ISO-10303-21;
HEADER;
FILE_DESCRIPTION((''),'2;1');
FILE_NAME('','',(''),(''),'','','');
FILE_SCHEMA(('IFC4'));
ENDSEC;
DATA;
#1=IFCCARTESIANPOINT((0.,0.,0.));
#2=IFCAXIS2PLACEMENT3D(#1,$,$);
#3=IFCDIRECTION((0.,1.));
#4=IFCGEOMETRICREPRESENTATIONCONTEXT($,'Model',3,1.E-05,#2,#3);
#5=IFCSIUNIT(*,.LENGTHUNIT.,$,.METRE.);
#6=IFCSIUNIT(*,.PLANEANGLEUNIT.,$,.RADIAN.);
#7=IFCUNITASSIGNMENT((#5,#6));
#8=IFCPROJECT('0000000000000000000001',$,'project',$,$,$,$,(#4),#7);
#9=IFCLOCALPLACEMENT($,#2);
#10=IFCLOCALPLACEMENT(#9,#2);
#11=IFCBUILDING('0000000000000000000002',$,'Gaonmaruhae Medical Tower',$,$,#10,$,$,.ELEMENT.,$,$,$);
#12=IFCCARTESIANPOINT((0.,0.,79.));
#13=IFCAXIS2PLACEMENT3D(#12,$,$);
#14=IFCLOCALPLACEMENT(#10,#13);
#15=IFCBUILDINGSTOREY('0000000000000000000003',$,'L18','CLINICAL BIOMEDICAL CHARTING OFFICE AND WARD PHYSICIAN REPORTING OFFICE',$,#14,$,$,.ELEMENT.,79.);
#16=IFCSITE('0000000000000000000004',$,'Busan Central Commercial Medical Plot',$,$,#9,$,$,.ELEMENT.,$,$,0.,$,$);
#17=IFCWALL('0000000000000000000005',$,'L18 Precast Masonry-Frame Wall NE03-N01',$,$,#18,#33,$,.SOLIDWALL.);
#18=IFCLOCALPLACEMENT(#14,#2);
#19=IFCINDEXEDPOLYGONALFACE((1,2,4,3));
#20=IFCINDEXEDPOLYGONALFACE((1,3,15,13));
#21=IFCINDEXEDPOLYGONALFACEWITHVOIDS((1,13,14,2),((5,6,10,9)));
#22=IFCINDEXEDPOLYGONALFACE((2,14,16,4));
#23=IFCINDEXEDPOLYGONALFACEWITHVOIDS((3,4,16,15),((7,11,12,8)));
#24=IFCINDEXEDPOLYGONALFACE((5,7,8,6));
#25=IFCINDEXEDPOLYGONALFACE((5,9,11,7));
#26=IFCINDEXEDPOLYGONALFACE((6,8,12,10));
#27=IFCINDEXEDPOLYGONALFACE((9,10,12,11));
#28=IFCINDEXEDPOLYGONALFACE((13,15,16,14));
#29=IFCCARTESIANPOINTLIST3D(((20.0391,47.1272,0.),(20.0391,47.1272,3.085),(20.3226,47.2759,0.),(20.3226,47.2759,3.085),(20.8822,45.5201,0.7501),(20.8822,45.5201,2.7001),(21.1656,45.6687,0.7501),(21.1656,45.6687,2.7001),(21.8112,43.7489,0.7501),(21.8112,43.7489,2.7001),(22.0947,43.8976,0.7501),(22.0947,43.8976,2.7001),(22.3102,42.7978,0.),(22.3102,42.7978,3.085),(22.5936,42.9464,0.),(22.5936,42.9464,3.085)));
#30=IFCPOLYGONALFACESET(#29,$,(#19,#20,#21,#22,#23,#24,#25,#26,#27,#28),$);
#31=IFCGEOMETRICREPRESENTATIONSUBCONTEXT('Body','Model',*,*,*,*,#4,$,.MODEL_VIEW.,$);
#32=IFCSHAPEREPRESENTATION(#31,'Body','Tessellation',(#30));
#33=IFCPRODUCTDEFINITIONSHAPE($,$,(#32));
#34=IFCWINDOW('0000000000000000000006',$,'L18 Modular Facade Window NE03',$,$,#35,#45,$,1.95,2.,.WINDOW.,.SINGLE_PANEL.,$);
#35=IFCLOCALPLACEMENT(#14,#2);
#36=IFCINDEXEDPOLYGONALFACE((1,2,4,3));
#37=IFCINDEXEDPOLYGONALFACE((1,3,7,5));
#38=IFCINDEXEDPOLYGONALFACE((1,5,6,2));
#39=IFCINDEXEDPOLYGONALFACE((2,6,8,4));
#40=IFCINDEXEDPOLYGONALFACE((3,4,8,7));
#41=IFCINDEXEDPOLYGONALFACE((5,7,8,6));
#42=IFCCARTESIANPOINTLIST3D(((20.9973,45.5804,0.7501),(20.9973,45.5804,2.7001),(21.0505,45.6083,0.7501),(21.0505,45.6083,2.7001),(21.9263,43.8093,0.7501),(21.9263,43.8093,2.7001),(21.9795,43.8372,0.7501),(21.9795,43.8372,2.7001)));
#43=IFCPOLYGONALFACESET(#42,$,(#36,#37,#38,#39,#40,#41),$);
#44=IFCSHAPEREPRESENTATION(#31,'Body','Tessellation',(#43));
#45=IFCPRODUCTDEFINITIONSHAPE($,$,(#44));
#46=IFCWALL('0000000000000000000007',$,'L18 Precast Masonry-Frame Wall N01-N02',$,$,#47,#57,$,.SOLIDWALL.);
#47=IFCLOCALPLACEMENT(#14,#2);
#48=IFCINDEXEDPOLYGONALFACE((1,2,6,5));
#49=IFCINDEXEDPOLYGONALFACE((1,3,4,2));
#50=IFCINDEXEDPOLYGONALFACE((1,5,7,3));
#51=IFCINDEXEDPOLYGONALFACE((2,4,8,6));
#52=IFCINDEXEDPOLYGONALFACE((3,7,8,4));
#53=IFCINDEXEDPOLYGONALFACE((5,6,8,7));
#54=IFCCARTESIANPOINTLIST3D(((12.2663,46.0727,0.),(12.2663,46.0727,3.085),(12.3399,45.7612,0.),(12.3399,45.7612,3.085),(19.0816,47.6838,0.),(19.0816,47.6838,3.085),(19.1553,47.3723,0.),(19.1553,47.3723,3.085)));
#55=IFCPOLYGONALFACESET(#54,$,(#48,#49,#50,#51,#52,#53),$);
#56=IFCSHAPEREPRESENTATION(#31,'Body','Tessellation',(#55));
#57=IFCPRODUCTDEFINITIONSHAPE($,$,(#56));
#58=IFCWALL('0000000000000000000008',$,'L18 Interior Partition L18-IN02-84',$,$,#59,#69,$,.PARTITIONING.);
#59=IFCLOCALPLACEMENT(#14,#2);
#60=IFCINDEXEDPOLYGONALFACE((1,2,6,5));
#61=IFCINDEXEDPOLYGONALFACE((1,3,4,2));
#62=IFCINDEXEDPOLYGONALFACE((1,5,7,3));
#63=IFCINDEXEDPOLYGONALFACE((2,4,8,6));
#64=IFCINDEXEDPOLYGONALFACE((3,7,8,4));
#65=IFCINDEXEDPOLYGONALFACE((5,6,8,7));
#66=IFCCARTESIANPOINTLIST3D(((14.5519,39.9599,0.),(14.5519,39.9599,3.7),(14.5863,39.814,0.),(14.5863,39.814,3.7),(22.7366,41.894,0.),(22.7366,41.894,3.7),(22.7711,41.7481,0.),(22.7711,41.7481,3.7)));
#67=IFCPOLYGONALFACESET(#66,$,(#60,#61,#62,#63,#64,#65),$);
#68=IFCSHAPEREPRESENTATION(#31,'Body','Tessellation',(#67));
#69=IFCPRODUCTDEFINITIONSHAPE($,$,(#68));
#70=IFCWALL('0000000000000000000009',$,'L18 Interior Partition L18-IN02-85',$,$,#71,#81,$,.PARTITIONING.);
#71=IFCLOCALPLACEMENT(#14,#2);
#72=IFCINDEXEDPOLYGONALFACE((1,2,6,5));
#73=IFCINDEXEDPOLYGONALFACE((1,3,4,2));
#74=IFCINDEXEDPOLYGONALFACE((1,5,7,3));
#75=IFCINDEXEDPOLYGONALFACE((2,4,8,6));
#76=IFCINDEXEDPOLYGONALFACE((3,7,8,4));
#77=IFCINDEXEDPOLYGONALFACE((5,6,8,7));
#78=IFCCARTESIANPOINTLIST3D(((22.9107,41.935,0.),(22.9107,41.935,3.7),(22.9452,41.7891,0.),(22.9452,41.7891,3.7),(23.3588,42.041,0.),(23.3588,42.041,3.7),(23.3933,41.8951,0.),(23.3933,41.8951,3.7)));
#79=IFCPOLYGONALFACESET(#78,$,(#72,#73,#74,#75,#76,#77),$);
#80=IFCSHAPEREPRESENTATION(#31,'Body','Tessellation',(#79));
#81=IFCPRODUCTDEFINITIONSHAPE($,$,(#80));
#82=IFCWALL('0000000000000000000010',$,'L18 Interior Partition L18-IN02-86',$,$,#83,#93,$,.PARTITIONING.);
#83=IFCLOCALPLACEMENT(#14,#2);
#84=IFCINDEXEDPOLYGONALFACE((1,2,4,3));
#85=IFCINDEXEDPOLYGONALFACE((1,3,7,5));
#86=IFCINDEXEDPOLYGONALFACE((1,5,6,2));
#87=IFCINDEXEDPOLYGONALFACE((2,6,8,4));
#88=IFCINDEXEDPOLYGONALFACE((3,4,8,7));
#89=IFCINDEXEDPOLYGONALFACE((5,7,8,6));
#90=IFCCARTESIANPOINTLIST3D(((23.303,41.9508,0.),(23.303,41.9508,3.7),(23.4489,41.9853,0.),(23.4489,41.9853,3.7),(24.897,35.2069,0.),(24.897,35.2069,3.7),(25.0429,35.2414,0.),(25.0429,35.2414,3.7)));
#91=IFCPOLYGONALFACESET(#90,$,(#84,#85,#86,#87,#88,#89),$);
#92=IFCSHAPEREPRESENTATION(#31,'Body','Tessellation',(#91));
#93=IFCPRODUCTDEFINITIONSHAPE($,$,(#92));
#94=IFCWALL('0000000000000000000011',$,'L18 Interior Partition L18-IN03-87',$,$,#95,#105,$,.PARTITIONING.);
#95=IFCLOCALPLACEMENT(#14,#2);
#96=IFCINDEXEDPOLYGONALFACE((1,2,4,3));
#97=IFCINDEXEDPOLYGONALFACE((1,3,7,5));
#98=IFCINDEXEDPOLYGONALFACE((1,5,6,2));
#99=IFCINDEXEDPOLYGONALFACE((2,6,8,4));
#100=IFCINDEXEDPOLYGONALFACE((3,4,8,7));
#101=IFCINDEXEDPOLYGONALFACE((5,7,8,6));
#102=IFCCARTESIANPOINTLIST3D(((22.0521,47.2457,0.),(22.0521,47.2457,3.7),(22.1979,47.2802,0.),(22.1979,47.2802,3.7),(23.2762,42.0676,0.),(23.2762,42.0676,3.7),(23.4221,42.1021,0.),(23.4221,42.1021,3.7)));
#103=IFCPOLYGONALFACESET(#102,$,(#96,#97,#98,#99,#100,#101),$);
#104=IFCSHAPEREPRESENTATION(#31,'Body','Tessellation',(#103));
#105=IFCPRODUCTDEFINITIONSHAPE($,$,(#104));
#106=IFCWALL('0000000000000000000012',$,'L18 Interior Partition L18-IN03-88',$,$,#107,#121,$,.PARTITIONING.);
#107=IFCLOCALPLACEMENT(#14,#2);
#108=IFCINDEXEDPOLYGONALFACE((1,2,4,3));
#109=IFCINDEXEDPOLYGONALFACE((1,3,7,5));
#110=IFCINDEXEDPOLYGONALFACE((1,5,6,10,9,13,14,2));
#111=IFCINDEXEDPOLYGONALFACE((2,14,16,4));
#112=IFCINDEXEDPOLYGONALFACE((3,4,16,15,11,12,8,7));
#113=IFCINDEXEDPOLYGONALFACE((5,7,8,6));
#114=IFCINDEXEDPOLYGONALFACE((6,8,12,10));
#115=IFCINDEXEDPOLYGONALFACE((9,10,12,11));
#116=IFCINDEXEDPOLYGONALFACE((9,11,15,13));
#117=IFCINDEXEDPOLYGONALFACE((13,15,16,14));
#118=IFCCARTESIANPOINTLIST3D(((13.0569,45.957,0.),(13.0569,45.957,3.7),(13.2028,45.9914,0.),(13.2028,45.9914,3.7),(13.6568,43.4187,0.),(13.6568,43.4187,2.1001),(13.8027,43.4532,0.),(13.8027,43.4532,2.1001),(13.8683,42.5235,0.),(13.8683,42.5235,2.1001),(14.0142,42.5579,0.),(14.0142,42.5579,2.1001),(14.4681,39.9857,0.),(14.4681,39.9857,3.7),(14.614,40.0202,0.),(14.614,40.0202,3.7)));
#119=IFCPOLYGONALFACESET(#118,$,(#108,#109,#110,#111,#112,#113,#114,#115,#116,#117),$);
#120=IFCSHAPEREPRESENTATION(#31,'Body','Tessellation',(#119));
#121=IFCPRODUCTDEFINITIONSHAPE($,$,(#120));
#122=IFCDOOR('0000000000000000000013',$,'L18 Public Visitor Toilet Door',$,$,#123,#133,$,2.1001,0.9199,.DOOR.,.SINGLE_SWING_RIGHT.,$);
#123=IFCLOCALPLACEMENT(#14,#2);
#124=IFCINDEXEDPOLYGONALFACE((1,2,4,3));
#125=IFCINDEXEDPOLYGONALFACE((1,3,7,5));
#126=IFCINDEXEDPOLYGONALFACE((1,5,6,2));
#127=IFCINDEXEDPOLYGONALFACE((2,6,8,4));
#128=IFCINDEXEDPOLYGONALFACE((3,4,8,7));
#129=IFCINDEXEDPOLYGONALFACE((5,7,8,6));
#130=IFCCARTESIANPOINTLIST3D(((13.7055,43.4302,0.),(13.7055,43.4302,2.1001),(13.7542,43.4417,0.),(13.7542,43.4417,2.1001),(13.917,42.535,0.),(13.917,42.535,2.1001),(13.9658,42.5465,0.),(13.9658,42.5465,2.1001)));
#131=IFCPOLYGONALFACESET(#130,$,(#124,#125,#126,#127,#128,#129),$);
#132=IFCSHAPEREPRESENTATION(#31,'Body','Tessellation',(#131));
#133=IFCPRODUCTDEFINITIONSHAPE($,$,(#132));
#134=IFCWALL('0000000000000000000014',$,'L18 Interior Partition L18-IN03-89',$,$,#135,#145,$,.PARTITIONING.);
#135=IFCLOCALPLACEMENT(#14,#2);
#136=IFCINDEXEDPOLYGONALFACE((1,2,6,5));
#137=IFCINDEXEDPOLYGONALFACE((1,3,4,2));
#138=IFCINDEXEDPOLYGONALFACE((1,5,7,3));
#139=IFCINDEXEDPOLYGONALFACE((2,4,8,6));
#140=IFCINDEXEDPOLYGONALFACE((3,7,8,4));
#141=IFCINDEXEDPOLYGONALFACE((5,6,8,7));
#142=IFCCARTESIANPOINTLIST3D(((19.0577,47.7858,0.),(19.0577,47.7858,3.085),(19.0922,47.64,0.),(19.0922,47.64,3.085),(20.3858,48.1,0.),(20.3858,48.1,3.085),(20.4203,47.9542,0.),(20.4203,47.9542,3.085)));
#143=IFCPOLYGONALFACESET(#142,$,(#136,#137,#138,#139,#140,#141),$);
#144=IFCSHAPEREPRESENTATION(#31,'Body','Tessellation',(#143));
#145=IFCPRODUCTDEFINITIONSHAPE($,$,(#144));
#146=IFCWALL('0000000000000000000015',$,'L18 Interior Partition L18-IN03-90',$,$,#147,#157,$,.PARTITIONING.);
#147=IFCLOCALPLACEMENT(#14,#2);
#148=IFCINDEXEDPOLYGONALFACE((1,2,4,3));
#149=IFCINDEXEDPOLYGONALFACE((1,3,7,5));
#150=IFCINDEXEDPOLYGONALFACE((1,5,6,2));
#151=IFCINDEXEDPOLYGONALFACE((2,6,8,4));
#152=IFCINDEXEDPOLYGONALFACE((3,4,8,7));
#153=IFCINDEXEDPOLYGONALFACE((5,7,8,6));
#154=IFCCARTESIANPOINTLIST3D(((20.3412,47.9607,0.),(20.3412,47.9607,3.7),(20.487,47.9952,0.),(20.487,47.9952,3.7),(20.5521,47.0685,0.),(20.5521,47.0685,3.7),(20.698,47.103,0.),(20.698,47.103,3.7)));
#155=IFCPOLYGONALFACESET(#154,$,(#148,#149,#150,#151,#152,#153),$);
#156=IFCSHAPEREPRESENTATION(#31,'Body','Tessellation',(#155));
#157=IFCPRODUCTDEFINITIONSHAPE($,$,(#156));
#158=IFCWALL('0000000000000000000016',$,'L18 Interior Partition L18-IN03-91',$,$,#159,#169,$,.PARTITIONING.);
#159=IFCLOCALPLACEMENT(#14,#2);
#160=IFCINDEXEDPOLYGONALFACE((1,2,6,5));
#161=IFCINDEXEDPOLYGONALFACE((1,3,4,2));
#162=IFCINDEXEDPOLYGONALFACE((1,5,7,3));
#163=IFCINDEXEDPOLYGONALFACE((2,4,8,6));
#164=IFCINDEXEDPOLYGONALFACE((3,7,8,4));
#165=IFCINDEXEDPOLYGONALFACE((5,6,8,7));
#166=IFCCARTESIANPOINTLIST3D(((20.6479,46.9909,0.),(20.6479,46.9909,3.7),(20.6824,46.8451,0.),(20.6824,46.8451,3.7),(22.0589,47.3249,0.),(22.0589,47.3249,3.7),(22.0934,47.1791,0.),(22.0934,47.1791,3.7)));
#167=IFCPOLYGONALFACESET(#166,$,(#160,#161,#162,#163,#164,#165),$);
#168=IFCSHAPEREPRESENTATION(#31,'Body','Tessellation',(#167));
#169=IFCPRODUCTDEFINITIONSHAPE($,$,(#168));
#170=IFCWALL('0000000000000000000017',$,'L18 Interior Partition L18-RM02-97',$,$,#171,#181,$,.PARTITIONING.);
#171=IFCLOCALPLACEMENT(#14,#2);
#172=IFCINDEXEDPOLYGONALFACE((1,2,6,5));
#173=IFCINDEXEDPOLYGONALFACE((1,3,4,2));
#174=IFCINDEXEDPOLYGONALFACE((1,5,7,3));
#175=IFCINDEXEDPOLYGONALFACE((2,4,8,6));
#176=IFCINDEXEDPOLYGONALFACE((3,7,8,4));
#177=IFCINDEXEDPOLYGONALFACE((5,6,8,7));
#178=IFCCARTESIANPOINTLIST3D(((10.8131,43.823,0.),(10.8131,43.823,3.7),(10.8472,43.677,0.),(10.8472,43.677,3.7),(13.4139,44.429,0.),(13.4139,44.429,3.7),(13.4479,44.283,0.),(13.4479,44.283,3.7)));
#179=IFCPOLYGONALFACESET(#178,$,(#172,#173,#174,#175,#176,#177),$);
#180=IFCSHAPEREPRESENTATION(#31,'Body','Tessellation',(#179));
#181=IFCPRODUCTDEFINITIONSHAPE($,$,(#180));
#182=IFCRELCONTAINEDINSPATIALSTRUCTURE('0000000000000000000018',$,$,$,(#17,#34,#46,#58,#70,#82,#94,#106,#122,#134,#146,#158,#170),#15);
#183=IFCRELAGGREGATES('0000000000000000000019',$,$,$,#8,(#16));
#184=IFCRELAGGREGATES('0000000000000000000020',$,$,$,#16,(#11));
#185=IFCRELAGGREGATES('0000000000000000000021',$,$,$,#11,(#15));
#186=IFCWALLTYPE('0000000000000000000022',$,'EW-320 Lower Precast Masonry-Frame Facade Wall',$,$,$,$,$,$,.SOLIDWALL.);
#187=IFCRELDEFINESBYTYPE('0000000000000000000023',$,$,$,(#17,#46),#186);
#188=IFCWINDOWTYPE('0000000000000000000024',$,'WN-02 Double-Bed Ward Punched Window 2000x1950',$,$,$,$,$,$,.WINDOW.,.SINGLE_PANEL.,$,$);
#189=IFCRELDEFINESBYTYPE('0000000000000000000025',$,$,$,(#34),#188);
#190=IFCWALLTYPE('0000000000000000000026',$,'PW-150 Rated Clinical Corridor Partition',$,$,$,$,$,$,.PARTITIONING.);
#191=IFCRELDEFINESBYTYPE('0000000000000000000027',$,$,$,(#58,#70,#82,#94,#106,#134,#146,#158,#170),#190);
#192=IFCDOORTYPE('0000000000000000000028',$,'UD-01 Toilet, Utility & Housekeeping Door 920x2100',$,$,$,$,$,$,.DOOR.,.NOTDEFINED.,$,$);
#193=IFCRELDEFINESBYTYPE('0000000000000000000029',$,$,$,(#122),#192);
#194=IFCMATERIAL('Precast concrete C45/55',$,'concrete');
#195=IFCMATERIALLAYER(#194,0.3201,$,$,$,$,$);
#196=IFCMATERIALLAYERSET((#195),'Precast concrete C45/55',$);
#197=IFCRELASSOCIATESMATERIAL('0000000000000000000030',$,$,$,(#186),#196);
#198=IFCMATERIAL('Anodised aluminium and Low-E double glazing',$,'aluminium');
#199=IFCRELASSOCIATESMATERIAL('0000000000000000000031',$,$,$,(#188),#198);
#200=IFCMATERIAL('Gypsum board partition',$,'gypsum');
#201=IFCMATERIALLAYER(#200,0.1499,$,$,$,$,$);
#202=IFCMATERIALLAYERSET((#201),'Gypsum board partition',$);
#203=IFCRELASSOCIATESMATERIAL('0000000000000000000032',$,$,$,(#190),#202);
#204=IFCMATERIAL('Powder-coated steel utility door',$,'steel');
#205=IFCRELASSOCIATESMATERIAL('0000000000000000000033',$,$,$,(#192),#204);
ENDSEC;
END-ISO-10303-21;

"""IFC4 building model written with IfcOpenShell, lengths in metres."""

from ifc_helpers import new_model, si_unit, direction, frame, frame_2d, origin, place, context, subcontext, project, spatial, rectangle, extrude, material, layer, layer_set, type_object, element, fill, save


model = new_model("IFC4")

# Units and contexts
model_context = context("Model", 3, precision=1e-05, world=origin(), true_north=direction((0.0, 1.0)))
body_context = subcontext(model_context, "Body", "Model", "MODEL_VIEW")
ifc_project = project(units=[si_unit("LENGTHUNIT", "METRE"), si_unit("PLANEANGLEUNIT", "RADIAN")], contexts=[model_context])

# Site, building, storey
site_placement = place(None, origin())
site = spatial("IfcSite", under=ifc_project, at=site_placement, Name="Busan Central Commercial Medical Plot", CompositionType="ELEMENT", RefElevation=0.0)
building_placement = place(site_placement, origin())
building = spatial("IfcBuilding", under=site, at=building_placement, Name="Gaonmaruhae Medical Tower", CompositionType="ELEMENT")
storey_placement = place(building_placement, frame((0.0, 0.0, 79.0)))
storey = spatial("IfcBuildingStorey", under=building, at=storey_placement, Name="L18", Description="CLINICAL BIOMEDICAL CHARTING OFFICE AND WARD PHYSICIAN REPORTING OFFICE", CompositionType="ELEMENT", Elevation=79.0)

# Wall, opening, window
ifc_material_1 = material(Name="Precast concrete C45/55", Category="concrete")
ifc_layer_1 = layer(ifc_material_1, 0.3201)
ifc_layer_set_1 = layer_set([ifc_layer_1], Name="Precast concrete C45/55")
wall_type_1 = type_object("IfcWallType", Name="EW-320 Lower Precast Masonry-Frame Facade Wall", PredefinedType="SOLIDWALL", material=ifc_layer_set_1)
wall_1_placement = place(storey_placement, frame((20.1809, 47.2014, 0.0), z_axis=(0.0, 0.0, 1.0), x_axis=(0.464528, -0.885559, 0.0)))
wall_1 = element("IfcWall", 1, at=wall_1_placement, inside=storey, type_object=wall_type_1, Name="L18 Precast Masonry-Frame Wall NE03-N01", PredefinedType="SOLIDWALL", context=body_context, shape_type="SweptSolid", body=[
    extrude(rectangle(XDim=4.8889, YDim=0.3201, at=frame_2d((2.4443, 0.0))), origin(), (0.0, 0.0, 1.0), 3.085),
])
opening_1_placement = place(wall_1_placement, frame((1.8147, 0.0, 0.75)))
opening_1 = element("IfcOpeningElement", 2, at=opening_1_placement, cuts=wall_1, PredefinedType="OPENING", context=body_context, shape_type="SweptSolid", body=[
    extrude(rectangle(XDim=2.0, YDim=1.95, at=frame_2d((1.0, 0.9751))), frame((0.0, 0.1699, 0.0), z_axis=(0.0, -1.0, 0.0), x_axis=(1.0, 0.0, 0.0)), (0.0, 0.0, 1.0), 0.3401),
])
ifc_material_2 = material(Name="Anodised aluminium and Low-E double glazing", Category="aluminium")
window_type = type_object("IfcWindowType", Name="WN-02 Double-Bed Ward Punched Window 2000x1950", PartitioningType="SINGLE_PANEL", PredefinedType="WINDOW", material=ifc_material_2)
window_placement = place(opening_1_placement, origin())
window = element("IfcWindow", 3, at=window_placement, inside=storey, type_object=window_type, Name="L18 Modular Facade Window NE03", OverallHeight=1.95, OverallWidth=2.0, PartitioningType="SINGLE_PANEL", PredefinedType="WINDOW", context=body_context, shape_type="SweptSolid", body=[
    extrude(rectangle(XDim=2.0, YDim=1.95, at=frame_2d((1.0, 0.9751))), frame((0.0, 0.03, 0.0), z_axis=(0.0, -1.0, 0.0), x_axis=(1.0, 0.0, 0.0)), (0.0, 0.0, 1.0), 0.0601),
])
fill(opening_1, window)

# Walls
wall_2_placement = place(storey_placement, frame((12.3032, 45.917, 0.0), z_axis=(0.0, 0.0, 1.0), x_axis=(0.973179, 0.230048, 0.0)))
element("IfcWall", 4, at=wall_2_placement, inside=storey, type_object=wall_type_1, Name="L18 Precast Masonry-Frame Wall N01-N02", PredefinedType="SOLIDWALL", context=body_context, shape_type="SweptSolid", body=[
    extrude(rectangle(XDim=7.0032, YDim=0.3201, at=frame_2d((3.5015, 0.0))), origin(), (0.0, 0.0, 1.0), 3.085),
])
ifc_material_3 = material(Name="Gypsum board partition", Category="gypsum")
ifc_layer_2 = layer(ifc_material_3, 0.1499)
ifc_layer_set_2 = layer_set([ifc_layer_2], Name="Gypsum board partition")
wall_type_2 = type_object("IfcWallType", Name="PW-150 Rated Clinical Corridor Partition", PredefinedType="PARTITIONING", material=ifc_layer_set_2)
wall_3_placement = place(storey_placement, frame((14.5691, 39.887, 0.0), z_axis=(0.0, 0.0, 1.0), x_axis=(0.973198, 0.229968, 0.0)))
element("IfcWall", 5, at=wall_3_placement, inside=storey, type_object=wall_type_2, Name="L18 Interior Partition L18-IN02-84", PredefinedType="PARTITIONING", context=body_context, shape_type="SweptSolid", body=[
    extrude(rectangle(XDim=8.4102, YDim=0.1499, at=frame_2d((4.2051, 0.0))), origin(), (0.0, 0.0, 1.0), 3.7),
])
wall_4_placement = place(storey_placement, frame((22.928, 41.8621, 0.0), z_axis=(0.0, 0.0, 1.0), x_axis=(0.973152, 0.230162, 0.0)))
element("IfcWall", 6, at=wall_4_placement, inside=storey, type_object=wall_type_2, Name="L18 Interior Partition L18-IN02-85", PredefinedType="PARTITIONING", context=body_context, shape_type="SweptSolid", body=[
    extrude(rectangle(XDim=0.4604, YDim=0.1499, at=frame_2d((0.2302, 0.0))), origin(), (0.0, 0.0, 1.0), 3.7),
])
wall_5_placement = place(storey_placement, frame((23.376, 41.968, 0.0), z_axis=(0.0, 0.0, 1.0), x_axis=(0.230023, -0.973185, 0.0)))
element("IfcWall", 7, at=wall_5_placement, inside=storey, type_object=wall_type_2, Name="L18 Interior Partition L18-IN02-86", PredefinedType="PARTITIONING", context=body_context, shape_type="SweptSolid", body=[
    extrude(rectangle(XDim=6.9297, YDim=0.1499, at=frame_2d((3.4648, 0.0))), origin(), (0.0, 0.0, 1.0), 3.7),
])
wall_6_placement = place(storey_placement, frame((22.125, 47.2629, 0.0), z_axis=(0.0, 0.0, 1.0), x_axis=(0.230067, -0.973175, 0.0)))
element("IfcWall", 8, at=wall_6_placement, inside=storey, type_object=wall_type_2, Name="L18 Interior Partition L18-IN03-87", PredefinedType="PARTITIONING", context=body_context, shape_type="SweptSolid", body=[
    extrude(rectangle(XDim=5.3208, YDim=0.1499, at=frame_2d((2.6604, 0.0))), origin(), (0.0, 0.0, 1.0), 3.7),
])

# Wall, opening, door
wall_7_placement = place(storey_placement, frame((14.541, 40.0029, 0.0), z_axis=(0.0, 0.0, 1.0), x_axis=(-0.229988, 0.973193, 0.0)))
wall_7 = element("IfcWall", 9, at=wall_7_placement, inside=storey, type_object=wall_type_2, Name="L18 Interior Partition L18-IN03-88", PredefinedType="PARTITIONING", context=body_context, shape_type="SweptSolid", body=[
    extrude(rectangle(XDim=6.1357, YDim=0.1499, at=frame_2d((3.0679, 0.0))), origin(), (0.0, 0.0, 1.0), 3.7),
])
opening_2_placement = place(wall_7_placement, frame((2.6077, 0.0, 0.0)))
opening_2 = element("IfcOpeningElement", 10, at=opening_2_placement, cuts=wall_7, PredefinedType="OPENING", context=body_context, shape_type="SweptSolid", body=[
    extrude(rectangle(XDim=0.9199, YDim=2.1001, at=frame_2d((0.46, 1.05))), frame((0.0, 0.085, 0.0), z_axis=(0.0, -1.0, 0.0), x_axis=(1.0, 0.0, 0.0)), (0.0, 0.0, 1.0), 0.1699),
])
ifc_material_4 = material(Name="Powder-coated steel utility door", Category="steel")
door_type = type_object("IfcDoorType", Name="UD-01 Toilet, Utility & Housekeeping Door 920x2100", OperationType="NOTDEFINED", PredefinedType="DOOR", material=ifc_material_4)
door_placement = place(opening_2_placement, origin())
door = element("IfcDoor", 11, at=door_placement, inside=storey, type_object=door_type, Name="L18 Public Visitor Toilet Door", OperationType="SINGLE_SWING_RIGHT", OverallHeight=2.1001, OverallWidth=0.9199, PredefinedType="DOOR", context=body_context, shape_type="SweptSolid", body=[
    extrude(rectangle(XDim=0.9199, YDim=2.1001, at=frame_2d((0.46, 1.05))), frame((0.0, 0.0249, 0.0), z_axis=(0.0, -1.0, 0.0), x_axis=(1.0, 0.0, 0.0)), (0.0, 0.0, 1.0), 0.05),
])
fill(opening_2, door)

# Walls
wall_8_placement = place(storey_placement, frame((19.075, 47.7129, 0.0), z_axis=(0.0, 0.0, 1.0), x_axis=(0.973137, 0.230226, 0.0)))
element("IfcWall", 12, at=wall_8_placement, inside=storey, type_object=wall_type_2, Name="L18 Interior Partition L18-IN03-89", PredefinedType="PARTITIONING", context=body_context, shape_type="SweptSolid", body=[
    extrude(rectangle(XDim=1.3647, YDim=0.1499, at=frame_2d((0.6824, 0.0))), origin(), (0.0, 0.0, 1.0), 3.085),
])
wall_9_placement = place(storey_placement, frame((20.4141, 47.978, 0.0), z_axis=(0.0, 0.0, 1.0), x_axis=(0.230108, -0.973165, 0.0)))
element("IfcWall", 13, at=wall_9_placement, inside=storey, type_object=wall_type_2, Name="L18 Interior Partition L18-IN03-90", PredefinedType="PARTITIONING", context=body_context, shape_type="SweptSolid", body=[
    extrude(rectangle(XDim=0.9167, YDim=0.1499, at=frame_2d((0.4585, 0.0))), origin(), (0.0, 0.0, 1.0), 3.7),
])
wall_10_placement = place(storey_placement, frame((20.665, 46.918, 0.0), z_axis=(0.0, 0.0, 1.0), x_axis=(0.973107, 0.230353, 0.0)))
element("IfcWall", 14, at=wall_10_placement, inside=storey, type_object=wall_type_2, Name="L18 Interior Partition L18-IN03-91", PredefinedType="PARTITIONING", context=body_context, shape_type="SweptSolid", body=[
    extrude(rectangle(XDim=1.45, YDim=0.1499, at=frame_2d((0.7251, 0.0))), origin(), (0.0, 0.0, 1.0), 3.7),
])
wall_11_placement = place(storey_placement, frame((13.4309, 44.356, 0.0), z_axis=(0.0, 0.0, 1.0), x_axis=(-0.973916, -0.226909, 0.0)))
element("IfcWall", 15, at=wall_11_placement, inside=storey, type_object=wall_type_2, Name="L18 Interior Partition L18-RM02-97", PredefinedType="PARTITIONING", context=body_context, shape_type="SweptSolid", body=[
    extrude(rectangle(XDim=2.6704, YDim=0.1499, at=frame_2d((1.3352, 0.0))), origin(), (0.0, 0.0, 1.0), 3.7),
])

save(model, "model.ifc")
